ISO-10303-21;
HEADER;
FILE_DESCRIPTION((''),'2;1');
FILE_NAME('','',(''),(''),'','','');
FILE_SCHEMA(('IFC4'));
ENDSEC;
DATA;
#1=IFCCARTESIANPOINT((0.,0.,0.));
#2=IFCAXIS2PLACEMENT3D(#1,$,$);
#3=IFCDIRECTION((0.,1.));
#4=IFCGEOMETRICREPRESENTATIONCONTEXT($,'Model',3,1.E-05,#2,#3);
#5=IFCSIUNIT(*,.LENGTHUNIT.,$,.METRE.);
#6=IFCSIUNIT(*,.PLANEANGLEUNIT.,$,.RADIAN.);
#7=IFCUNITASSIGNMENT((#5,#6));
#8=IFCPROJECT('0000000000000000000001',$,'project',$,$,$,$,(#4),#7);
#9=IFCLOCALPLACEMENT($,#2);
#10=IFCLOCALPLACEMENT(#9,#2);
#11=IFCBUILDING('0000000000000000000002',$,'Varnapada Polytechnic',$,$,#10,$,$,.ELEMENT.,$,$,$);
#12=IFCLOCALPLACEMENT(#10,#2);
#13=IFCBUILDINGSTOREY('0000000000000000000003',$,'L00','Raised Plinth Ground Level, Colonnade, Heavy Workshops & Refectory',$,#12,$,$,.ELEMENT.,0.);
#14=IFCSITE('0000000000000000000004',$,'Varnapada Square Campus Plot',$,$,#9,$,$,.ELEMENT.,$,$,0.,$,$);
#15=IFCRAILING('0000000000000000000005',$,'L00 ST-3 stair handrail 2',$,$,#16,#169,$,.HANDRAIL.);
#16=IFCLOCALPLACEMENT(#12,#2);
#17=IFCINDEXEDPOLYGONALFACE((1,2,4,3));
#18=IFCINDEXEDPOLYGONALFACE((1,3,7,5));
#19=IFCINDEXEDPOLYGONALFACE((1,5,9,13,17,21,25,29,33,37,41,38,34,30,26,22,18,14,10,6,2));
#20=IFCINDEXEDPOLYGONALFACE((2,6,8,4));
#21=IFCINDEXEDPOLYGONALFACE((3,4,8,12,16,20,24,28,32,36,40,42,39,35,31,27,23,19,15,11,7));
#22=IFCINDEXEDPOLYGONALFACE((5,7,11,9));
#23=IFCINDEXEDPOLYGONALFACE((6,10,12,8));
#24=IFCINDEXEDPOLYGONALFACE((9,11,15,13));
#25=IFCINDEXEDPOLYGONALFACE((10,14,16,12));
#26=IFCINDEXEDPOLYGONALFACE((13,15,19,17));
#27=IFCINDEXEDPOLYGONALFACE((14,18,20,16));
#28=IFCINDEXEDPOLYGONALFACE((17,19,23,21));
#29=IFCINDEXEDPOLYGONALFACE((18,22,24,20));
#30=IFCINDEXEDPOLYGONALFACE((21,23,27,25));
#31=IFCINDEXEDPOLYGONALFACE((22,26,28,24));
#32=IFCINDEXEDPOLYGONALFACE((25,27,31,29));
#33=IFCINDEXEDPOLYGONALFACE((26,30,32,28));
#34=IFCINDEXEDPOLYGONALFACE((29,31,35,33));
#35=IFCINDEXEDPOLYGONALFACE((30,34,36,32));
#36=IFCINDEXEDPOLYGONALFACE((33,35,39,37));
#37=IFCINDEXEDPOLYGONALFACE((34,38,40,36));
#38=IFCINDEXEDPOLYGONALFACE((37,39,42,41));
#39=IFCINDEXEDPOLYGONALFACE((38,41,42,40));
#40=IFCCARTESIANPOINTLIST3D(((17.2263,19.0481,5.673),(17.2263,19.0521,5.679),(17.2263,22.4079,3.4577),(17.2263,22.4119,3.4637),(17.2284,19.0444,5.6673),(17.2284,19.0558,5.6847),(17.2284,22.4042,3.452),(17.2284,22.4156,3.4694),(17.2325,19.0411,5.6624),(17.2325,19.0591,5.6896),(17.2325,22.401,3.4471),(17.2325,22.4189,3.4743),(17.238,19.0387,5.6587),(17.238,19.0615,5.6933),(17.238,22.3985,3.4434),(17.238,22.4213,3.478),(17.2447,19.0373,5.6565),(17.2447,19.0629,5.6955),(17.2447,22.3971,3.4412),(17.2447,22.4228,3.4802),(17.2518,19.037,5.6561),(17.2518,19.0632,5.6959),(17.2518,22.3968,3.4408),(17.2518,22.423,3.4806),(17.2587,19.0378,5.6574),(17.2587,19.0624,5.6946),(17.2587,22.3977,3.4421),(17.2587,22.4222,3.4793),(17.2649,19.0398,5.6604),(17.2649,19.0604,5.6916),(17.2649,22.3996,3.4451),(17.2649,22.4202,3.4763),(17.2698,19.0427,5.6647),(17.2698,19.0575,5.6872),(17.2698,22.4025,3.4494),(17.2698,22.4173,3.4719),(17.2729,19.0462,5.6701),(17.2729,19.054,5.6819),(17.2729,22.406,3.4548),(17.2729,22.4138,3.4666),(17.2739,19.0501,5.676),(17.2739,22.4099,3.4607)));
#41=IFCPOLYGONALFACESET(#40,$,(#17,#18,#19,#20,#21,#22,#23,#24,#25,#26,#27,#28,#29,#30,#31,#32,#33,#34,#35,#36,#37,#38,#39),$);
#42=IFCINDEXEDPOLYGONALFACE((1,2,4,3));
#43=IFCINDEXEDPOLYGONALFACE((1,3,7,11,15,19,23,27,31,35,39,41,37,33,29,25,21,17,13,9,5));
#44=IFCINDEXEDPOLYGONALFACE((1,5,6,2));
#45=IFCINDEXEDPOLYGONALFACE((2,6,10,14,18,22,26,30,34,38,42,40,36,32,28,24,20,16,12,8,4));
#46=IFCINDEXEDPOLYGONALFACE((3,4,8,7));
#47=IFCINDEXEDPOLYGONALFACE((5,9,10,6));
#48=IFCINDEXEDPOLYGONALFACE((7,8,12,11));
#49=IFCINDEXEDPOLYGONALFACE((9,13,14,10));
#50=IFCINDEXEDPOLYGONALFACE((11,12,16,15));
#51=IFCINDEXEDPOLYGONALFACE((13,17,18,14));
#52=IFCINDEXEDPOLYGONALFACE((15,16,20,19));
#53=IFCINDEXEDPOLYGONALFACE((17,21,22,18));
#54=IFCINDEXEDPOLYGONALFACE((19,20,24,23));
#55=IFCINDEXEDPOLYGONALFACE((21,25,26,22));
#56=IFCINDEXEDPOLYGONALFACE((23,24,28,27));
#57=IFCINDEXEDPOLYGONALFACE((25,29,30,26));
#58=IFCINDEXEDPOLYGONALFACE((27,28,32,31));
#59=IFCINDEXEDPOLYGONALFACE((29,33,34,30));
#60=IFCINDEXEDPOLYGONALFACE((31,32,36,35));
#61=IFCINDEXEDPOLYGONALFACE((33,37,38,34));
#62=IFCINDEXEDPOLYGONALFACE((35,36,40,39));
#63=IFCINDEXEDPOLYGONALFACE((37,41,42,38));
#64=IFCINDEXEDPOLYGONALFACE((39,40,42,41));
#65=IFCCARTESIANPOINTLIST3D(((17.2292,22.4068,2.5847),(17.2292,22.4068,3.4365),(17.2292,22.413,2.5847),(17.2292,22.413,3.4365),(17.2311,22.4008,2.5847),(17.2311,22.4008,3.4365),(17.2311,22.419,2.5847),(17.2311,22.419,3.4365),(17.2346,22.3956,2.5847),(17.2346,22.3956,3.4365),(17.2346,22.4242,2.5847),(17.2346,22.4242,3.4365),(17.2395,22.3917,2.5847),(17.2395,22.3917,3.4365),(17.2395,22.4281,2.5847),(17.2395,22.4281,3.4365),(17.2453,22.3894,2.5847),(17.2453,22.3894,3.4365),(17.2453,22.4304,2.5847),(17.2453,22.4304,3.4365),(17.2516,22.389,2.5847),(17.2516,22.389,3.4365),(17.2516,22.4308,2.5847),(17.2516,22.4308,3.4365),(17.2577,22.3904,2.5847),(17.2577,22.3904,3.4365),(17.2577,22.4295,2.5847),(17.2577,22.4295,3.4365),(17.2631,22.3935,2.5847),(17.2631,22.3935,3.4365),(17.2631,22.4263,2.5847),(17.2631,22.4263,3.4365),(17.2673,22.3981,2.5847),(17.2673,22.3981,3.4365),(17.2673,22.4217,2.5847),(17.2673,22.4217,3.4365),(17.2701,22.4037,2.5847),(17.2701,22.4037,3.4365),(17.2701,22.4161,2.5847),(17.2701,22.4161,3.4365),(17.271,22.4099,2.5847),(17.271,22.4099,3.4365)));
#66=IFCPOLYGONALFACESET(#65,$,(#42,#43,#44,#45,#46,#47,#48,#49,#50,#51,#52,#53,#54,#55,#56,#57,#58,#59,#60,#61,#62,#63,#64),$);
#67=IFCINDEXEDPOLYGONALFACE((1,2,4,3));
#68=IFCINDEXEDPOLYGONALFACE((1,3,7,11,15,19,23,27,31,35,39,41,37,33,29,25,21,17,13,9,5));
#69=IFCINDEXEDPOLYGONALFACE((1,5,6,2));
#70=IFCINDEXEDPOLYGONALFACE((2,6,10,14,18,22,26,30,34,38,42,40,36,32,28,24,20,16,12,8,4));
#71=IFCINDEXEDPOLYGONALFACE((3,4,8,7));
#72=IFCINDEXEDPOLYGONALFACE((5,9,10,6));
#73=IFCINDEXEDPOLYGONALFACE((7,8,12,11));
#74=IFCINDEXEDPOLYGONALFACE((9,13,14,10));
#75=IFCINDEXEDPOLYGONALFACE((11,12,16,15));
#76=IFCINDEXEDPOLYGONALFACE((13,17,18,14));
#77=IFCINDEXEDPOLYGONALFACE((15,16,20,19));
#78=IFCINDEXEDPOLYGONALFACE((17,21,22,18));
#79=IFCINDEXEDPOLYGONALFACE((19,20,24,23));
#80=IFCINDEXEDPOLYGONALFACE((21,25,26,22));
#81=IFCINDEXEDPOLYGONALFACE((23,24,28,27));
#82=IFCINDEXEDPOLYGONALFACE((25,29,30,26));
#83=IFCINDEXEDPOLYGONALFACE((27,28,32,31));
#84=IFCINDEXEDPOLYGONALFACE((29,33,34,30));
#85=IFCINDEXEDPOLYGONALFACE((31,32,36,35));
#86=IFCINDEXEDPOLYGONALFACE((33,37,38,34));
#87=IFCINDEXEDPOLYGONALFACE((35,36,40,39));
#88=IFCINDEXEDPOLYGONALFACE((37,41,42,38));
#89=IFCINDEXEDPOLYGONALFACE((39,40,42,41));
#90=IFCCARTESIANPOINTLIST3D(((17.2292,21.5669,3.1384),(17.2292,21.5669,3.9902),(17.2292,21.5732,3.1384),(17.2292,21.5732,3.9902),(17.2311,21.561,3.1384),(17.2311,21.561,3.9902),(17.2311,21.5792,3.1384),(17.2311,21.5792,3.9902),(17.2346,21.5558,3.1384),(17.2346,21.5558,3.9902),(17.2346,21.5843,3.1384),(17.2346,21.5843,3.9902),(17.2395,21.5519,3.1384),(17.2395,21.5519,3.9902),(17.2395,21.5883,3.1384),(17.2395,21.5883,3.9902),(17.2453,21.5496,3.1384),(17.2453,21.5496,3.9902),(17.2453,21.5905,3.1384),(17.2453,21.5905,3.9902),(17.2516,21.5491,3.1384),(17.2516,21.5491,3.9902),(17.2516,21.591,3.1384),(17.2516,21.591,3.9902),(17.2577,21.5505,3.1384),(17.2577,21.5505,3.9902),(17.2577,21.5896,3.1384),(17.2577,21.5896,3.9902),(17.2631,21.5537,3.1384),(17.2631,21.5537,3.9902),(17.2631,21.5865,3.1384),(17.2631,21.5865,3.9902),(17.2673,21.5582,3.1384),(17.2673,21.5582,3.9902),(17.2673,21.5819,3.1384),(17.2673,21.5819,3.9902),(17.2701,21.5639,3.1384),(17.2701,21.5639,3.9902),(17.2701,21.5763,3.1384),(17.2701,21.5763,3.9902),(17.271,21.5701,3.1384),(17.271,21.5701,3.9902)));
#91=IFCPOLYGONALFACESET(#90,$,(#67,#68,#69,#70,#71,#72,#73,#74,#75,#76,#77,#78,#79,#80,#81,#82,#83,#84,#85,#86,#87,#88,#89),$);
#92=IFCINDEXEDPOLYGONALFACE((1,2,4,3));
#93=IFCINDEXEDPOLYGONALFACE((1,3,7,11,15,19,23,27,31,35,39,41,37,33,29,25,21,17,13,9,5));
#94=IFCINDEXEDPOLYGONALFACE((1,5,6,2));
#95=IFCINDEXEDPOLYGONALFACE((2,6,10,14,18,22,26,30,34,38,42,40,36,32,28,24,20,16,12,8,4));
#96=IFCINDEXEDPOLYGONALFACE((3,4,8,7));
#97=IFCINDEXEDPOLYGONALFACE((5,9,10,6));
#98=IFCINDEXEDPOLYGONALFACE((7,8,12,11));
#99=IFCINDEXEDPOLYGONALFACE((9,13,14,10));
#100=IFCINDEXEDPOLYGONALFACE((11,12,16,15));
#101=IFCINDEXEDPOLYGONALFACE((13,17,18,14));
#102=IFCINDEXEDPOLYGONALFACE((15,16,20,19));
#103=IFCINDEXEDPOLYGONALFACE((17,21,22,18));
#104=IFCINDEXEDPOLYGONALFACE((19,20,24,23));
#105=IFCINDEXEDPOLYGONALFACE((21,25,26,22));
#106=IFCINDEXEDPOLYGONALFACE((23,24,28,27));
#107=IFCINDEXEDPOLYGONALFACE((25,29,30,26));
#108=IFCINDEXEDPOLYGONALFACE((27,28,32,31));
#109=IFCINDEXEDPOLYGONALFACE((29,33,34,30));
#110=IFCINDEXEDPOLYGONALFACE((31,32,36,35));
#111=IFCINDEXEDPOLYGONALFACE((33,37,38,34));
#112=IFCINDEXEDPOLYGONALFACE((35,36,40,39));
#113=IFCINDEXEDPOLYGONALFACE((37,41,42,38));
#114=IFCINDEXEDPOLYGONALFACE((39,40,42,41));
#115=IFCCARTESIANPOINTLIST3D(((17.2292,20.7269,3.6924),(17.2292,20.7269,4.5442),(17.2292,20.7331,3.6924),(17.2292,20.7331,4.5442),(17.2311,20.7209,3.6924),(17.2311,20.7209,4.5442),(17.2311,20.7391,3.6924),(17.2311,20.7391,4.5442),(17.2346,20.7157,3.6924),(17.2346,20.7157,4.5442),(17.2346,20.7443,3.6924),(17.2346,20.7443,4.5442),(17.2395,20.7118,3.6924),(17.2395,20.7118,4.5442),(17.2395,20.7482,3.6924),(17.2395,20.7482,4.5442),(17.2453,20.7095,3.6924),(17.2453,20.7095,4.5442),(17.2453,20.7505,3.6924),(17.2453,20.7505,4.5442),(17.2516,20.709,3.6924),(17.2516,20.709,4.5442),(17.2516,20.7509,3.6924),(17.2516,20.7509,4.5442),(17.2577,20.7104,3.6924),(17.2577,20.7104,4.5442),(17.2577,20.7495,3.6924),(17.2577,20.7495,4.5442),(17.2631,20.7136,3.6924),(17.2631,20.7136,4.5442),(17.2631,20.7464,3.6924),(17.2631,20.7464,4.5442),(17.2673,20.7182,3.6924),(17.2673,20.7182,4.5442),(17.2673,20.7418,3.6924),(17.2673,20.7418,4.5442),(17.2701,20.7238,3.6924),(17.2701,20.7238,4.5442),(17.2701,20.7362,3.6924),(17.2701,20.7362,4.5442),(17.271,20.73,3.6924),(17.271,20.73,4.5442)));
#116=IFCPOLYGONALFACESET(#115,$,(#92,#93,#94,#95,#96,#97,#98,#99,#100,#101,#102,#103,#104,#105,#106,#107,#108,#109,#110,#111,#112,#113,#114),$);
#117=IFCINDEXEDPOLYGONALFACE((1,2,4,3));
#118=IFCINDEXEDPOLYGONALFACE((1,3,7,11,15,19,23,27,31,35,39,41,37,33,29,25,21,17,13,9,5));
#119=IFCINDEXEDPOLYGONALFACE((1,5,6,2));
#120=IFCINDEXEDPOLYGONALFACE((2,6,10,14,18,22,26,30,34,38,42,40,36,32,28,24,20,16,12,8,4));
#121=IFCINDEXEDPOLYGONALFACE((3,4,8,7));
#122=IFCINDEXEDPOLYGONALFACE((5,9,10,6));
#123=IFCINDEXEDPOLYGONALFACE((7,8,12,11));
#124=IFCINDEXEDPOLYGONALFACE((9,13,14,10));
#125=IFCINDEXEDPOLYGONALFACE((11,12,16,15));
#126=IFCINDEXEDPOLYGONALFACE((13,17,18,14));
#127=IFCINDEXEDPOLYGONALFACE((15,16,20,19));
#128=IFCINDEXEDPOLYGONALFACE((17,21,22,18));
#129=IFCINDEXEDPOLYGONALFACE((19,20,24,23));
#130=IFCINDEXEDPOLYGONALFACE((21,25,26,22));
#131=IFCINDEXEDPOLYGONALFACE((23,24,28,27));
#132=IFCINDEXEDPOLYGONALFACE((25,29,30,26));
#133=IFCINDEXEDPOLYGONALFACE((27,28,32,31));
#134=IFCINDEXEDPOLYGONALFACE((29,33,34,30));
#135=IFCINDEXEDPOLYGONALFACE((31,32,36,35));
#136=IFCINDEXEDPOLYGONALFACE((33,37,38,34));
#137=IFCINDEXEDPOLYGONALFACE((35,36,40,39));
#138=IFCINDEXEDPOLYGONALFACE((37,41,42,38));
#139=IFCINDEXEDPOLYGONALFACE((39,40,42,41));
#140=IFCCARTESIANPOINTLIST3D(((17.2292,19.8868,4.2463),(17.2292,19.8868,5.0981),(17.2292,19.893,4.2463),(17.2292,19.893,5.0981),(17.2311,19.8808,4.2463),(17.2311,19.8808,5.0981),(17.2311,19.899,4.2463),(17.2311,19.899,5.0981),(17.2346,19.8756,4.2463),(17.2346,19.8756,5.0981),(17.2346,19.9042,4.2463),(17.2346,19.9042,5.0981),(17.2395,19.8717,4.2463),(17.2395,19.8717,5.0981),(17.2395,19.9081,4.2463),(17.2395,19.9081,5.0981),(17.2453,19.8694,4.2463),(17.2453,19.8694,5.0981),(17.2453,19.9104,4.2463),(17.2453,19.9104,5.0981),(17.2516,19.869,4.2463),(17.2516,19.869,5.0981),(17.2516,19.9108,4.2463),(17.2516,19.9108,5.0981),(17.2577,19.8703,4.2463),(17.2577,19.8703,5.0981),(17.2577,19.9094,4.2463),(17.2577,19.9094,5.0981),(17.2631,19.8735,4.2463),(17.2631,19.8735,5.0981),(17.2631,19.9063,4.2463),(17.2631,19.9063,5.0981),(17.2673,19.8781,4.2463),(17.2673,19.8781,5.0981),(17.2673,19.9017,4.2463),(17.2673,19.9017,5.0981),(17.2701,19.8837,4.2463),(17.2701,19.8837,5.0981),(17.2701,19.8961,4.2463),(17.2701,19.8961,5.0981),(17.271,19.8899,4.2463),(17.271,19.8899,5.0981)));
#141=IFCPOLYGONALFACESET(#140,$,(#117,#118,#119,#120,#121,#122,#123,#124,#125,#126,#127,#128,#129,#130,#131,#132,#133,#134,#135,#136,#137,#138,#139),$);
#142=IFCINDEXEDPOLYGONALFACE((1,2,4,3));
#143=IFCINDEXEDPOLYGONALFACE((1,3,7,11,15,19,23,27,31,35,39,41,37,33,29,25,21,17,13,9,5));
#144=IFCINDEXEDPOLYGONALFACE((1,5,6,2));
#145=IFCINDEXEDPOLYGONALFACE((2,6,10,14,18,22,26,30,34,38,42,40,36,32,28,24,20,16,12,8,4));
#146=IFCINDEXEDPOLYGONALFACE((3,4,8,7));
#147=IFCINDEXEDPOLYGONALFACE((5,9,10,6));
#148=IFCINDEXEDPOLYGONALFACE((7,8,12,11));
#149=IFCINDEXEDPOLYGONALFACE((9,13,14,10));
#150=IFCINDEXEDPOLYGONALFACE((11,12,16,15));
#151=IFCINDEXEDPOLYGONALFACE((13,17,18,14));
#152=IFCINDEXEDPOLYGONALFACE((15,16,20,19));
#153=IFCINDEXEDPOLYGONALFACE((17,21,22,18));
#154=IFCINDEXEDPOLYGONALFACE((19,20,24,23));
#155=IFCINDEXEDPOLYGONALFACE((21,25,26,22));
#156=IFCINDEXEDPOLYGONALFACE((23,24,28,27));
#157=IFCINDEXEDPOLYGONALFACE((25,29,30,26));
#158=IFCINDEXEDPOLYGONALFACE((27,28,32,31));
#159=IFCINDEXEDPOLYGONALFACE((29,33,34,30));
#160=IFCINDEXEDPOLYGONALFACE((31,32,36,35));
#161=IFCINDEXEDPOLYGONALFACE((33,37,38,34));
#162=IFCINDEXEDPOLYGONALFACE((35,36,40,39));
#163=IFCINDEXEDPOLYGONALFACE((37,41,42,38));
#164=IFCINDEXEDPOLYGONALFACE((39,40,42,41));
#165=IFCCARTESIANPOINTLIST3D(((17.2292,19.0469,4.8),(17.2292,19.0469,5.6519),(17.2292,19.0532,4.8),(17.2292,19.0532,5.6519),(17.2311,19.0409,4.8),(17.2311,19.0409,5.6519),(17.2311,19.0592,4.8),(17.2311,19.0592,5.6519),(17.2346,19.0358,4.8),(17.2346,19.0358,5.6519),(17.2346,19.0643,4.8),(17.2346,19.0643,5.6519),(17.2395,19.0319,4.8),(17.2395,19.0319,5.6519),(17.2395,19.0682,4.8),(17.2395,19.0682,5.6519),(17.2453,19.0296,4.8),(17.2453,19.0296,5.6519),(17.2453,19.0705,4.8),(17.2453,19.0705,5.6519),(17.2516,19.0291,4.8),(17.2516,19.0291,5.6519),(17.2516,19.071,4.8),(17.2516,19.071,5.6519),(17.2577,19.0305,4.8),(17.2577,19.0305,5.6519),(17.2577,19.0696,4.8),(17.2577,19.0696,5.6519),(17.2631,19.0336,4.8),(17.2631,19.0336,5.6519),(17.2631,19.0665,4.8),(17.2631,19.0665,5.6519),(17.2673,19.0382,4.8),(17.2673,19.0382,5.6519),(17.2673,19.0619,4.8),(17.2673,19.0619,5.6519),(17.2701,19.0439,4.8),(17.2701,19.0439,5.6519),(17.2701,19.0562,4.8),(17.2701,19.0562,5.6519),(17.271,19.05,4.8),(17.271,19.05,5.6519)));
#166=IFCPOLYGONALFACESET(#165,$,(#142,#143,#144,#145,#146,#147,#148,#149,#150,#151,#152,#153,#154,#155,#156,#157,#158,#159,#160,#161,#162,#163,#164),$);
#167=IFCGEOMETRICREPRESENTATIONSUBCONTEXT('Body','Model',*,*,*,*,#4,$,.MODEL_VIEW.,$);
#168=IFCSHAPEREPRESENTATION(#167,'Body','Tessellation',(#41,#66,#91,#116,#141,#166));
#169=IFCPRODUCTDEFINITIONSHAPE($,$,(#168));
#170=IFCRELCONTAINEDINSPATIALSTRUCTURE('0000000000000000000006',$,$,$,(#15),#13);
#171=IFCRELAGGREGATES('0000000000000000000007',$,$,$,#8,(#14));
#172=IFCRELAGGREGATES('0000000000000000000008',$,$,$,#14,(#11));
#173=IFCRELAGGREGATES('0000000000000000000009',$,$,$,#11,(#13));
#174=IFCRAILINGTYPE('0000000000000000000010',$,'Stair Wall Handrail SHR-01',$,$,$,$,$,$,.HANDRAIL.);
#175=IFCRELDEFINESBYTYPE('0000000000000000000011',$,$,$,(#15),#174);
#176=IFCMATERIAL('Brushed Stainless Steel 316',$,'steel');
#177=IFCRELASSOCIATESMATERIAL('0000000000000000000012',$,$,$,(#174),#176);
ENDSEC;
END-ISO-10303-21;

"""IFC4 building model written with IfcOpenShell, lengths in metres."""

from ifc_helpers import new_model, si_unit, direction, frame, origin, origin_2d, place, context, subcontext, project, spatial, circle, extrude, material, type_object, element, save


model = new_model("IFC4")

# Units and contexts
model_context = context("Model", 3, precision=1e-05, world=origin(), true_north=direction((0.0, 1.0)))
body_context = subcontext(model_context, "Body", "Model", "MODEL_VIEW")
ifc_project = project(units=[si_unit("LENGTHUNIT", "METRE"), si_unit("PLANEANGLEUNIT", "RADIAN")], contexts=[model_context])

# Site, building, storey
site_placement = place(None, origin())
site = spatial("IfcSite", under=ifc_project, at=site_placement, Name="Varnapada Square Campus Plot", CompositionType="ELEMENT", RefElevation=0.0)
building_placement = place(site_placement, origin())
building = spatial("IfcBuilding", under=site, at=building_placement, Name="Varnapada Polytechnic", CompositionType="ELEMENT")
storey_placement = place(building_placement, origin())
storey = spatial("IfcBuildingStorey", under=building, at=storey_placement, Name="L00", Description="Raised Plinth Ground Level, Colonnade, Heavy Workshops & Refectory", CompositionType="ELEMENT", Elevation=0.0)

# Shared definitions
ifc_material_1 = material(Name="Brushed Stainless Steel 316", Category="steel")

# Railing
railing_type_1 = type_object("IfcRailingType", Name="Stair Wall Handrail SHR-01", PredefinedType="HANDRAIL", material=ifc_material_1)
railing_1_placement = place(storey_placement, frame((17.25, 22.4099, 2.5847)))
element("IfcRailing", 1, at=railing_1_placement, inside=storey, type_object=railing_type_1, Name="L00 ST-3 stair handrail 2", PredefinedType="HANDRAIL", context=body_context, shape_type="SweptSolid", body=[
    extrude(circle(Radius=0.0239, at=origin_2d()), frame((0.0, 0.0, 0.876), z_axis=(0.0, -0.834858, 0.550465), x_axis=(1.0, 0.0, 0.0)), (0.0, 0.0, 1.0), 4.0244),
    extrude(circle(Radius=0.021, at=origin_2d()), origin(), (0.0, 0.0, 1.0), 0.8518),
    extrude(circle(Radius=0.021, at=origin_2d()), frame((0.0, -0.8398, 0.5537)), (0.0, 0.0, 1.0), 0.8518),
    extrude(circle(Radius=0.021, at=origin_2d()), frame((0.0, -1.6799, 1.1077)), (0.0, 0.0, 1.0), 0.8518),
    extrude(circle(Radius=0.021, at=origin_2d()), frame((0.0, -2.52, 1.6616)), (0.0, 0.0, 1.0), 0.8518),
    extrude(circle(Radius=0.021, at=origin_2d()), frame((0.0, -3.3599, 2.2153)), (0.0, 0.0, 1.0), 0.8518),
])

save(model, "model.ifc")
